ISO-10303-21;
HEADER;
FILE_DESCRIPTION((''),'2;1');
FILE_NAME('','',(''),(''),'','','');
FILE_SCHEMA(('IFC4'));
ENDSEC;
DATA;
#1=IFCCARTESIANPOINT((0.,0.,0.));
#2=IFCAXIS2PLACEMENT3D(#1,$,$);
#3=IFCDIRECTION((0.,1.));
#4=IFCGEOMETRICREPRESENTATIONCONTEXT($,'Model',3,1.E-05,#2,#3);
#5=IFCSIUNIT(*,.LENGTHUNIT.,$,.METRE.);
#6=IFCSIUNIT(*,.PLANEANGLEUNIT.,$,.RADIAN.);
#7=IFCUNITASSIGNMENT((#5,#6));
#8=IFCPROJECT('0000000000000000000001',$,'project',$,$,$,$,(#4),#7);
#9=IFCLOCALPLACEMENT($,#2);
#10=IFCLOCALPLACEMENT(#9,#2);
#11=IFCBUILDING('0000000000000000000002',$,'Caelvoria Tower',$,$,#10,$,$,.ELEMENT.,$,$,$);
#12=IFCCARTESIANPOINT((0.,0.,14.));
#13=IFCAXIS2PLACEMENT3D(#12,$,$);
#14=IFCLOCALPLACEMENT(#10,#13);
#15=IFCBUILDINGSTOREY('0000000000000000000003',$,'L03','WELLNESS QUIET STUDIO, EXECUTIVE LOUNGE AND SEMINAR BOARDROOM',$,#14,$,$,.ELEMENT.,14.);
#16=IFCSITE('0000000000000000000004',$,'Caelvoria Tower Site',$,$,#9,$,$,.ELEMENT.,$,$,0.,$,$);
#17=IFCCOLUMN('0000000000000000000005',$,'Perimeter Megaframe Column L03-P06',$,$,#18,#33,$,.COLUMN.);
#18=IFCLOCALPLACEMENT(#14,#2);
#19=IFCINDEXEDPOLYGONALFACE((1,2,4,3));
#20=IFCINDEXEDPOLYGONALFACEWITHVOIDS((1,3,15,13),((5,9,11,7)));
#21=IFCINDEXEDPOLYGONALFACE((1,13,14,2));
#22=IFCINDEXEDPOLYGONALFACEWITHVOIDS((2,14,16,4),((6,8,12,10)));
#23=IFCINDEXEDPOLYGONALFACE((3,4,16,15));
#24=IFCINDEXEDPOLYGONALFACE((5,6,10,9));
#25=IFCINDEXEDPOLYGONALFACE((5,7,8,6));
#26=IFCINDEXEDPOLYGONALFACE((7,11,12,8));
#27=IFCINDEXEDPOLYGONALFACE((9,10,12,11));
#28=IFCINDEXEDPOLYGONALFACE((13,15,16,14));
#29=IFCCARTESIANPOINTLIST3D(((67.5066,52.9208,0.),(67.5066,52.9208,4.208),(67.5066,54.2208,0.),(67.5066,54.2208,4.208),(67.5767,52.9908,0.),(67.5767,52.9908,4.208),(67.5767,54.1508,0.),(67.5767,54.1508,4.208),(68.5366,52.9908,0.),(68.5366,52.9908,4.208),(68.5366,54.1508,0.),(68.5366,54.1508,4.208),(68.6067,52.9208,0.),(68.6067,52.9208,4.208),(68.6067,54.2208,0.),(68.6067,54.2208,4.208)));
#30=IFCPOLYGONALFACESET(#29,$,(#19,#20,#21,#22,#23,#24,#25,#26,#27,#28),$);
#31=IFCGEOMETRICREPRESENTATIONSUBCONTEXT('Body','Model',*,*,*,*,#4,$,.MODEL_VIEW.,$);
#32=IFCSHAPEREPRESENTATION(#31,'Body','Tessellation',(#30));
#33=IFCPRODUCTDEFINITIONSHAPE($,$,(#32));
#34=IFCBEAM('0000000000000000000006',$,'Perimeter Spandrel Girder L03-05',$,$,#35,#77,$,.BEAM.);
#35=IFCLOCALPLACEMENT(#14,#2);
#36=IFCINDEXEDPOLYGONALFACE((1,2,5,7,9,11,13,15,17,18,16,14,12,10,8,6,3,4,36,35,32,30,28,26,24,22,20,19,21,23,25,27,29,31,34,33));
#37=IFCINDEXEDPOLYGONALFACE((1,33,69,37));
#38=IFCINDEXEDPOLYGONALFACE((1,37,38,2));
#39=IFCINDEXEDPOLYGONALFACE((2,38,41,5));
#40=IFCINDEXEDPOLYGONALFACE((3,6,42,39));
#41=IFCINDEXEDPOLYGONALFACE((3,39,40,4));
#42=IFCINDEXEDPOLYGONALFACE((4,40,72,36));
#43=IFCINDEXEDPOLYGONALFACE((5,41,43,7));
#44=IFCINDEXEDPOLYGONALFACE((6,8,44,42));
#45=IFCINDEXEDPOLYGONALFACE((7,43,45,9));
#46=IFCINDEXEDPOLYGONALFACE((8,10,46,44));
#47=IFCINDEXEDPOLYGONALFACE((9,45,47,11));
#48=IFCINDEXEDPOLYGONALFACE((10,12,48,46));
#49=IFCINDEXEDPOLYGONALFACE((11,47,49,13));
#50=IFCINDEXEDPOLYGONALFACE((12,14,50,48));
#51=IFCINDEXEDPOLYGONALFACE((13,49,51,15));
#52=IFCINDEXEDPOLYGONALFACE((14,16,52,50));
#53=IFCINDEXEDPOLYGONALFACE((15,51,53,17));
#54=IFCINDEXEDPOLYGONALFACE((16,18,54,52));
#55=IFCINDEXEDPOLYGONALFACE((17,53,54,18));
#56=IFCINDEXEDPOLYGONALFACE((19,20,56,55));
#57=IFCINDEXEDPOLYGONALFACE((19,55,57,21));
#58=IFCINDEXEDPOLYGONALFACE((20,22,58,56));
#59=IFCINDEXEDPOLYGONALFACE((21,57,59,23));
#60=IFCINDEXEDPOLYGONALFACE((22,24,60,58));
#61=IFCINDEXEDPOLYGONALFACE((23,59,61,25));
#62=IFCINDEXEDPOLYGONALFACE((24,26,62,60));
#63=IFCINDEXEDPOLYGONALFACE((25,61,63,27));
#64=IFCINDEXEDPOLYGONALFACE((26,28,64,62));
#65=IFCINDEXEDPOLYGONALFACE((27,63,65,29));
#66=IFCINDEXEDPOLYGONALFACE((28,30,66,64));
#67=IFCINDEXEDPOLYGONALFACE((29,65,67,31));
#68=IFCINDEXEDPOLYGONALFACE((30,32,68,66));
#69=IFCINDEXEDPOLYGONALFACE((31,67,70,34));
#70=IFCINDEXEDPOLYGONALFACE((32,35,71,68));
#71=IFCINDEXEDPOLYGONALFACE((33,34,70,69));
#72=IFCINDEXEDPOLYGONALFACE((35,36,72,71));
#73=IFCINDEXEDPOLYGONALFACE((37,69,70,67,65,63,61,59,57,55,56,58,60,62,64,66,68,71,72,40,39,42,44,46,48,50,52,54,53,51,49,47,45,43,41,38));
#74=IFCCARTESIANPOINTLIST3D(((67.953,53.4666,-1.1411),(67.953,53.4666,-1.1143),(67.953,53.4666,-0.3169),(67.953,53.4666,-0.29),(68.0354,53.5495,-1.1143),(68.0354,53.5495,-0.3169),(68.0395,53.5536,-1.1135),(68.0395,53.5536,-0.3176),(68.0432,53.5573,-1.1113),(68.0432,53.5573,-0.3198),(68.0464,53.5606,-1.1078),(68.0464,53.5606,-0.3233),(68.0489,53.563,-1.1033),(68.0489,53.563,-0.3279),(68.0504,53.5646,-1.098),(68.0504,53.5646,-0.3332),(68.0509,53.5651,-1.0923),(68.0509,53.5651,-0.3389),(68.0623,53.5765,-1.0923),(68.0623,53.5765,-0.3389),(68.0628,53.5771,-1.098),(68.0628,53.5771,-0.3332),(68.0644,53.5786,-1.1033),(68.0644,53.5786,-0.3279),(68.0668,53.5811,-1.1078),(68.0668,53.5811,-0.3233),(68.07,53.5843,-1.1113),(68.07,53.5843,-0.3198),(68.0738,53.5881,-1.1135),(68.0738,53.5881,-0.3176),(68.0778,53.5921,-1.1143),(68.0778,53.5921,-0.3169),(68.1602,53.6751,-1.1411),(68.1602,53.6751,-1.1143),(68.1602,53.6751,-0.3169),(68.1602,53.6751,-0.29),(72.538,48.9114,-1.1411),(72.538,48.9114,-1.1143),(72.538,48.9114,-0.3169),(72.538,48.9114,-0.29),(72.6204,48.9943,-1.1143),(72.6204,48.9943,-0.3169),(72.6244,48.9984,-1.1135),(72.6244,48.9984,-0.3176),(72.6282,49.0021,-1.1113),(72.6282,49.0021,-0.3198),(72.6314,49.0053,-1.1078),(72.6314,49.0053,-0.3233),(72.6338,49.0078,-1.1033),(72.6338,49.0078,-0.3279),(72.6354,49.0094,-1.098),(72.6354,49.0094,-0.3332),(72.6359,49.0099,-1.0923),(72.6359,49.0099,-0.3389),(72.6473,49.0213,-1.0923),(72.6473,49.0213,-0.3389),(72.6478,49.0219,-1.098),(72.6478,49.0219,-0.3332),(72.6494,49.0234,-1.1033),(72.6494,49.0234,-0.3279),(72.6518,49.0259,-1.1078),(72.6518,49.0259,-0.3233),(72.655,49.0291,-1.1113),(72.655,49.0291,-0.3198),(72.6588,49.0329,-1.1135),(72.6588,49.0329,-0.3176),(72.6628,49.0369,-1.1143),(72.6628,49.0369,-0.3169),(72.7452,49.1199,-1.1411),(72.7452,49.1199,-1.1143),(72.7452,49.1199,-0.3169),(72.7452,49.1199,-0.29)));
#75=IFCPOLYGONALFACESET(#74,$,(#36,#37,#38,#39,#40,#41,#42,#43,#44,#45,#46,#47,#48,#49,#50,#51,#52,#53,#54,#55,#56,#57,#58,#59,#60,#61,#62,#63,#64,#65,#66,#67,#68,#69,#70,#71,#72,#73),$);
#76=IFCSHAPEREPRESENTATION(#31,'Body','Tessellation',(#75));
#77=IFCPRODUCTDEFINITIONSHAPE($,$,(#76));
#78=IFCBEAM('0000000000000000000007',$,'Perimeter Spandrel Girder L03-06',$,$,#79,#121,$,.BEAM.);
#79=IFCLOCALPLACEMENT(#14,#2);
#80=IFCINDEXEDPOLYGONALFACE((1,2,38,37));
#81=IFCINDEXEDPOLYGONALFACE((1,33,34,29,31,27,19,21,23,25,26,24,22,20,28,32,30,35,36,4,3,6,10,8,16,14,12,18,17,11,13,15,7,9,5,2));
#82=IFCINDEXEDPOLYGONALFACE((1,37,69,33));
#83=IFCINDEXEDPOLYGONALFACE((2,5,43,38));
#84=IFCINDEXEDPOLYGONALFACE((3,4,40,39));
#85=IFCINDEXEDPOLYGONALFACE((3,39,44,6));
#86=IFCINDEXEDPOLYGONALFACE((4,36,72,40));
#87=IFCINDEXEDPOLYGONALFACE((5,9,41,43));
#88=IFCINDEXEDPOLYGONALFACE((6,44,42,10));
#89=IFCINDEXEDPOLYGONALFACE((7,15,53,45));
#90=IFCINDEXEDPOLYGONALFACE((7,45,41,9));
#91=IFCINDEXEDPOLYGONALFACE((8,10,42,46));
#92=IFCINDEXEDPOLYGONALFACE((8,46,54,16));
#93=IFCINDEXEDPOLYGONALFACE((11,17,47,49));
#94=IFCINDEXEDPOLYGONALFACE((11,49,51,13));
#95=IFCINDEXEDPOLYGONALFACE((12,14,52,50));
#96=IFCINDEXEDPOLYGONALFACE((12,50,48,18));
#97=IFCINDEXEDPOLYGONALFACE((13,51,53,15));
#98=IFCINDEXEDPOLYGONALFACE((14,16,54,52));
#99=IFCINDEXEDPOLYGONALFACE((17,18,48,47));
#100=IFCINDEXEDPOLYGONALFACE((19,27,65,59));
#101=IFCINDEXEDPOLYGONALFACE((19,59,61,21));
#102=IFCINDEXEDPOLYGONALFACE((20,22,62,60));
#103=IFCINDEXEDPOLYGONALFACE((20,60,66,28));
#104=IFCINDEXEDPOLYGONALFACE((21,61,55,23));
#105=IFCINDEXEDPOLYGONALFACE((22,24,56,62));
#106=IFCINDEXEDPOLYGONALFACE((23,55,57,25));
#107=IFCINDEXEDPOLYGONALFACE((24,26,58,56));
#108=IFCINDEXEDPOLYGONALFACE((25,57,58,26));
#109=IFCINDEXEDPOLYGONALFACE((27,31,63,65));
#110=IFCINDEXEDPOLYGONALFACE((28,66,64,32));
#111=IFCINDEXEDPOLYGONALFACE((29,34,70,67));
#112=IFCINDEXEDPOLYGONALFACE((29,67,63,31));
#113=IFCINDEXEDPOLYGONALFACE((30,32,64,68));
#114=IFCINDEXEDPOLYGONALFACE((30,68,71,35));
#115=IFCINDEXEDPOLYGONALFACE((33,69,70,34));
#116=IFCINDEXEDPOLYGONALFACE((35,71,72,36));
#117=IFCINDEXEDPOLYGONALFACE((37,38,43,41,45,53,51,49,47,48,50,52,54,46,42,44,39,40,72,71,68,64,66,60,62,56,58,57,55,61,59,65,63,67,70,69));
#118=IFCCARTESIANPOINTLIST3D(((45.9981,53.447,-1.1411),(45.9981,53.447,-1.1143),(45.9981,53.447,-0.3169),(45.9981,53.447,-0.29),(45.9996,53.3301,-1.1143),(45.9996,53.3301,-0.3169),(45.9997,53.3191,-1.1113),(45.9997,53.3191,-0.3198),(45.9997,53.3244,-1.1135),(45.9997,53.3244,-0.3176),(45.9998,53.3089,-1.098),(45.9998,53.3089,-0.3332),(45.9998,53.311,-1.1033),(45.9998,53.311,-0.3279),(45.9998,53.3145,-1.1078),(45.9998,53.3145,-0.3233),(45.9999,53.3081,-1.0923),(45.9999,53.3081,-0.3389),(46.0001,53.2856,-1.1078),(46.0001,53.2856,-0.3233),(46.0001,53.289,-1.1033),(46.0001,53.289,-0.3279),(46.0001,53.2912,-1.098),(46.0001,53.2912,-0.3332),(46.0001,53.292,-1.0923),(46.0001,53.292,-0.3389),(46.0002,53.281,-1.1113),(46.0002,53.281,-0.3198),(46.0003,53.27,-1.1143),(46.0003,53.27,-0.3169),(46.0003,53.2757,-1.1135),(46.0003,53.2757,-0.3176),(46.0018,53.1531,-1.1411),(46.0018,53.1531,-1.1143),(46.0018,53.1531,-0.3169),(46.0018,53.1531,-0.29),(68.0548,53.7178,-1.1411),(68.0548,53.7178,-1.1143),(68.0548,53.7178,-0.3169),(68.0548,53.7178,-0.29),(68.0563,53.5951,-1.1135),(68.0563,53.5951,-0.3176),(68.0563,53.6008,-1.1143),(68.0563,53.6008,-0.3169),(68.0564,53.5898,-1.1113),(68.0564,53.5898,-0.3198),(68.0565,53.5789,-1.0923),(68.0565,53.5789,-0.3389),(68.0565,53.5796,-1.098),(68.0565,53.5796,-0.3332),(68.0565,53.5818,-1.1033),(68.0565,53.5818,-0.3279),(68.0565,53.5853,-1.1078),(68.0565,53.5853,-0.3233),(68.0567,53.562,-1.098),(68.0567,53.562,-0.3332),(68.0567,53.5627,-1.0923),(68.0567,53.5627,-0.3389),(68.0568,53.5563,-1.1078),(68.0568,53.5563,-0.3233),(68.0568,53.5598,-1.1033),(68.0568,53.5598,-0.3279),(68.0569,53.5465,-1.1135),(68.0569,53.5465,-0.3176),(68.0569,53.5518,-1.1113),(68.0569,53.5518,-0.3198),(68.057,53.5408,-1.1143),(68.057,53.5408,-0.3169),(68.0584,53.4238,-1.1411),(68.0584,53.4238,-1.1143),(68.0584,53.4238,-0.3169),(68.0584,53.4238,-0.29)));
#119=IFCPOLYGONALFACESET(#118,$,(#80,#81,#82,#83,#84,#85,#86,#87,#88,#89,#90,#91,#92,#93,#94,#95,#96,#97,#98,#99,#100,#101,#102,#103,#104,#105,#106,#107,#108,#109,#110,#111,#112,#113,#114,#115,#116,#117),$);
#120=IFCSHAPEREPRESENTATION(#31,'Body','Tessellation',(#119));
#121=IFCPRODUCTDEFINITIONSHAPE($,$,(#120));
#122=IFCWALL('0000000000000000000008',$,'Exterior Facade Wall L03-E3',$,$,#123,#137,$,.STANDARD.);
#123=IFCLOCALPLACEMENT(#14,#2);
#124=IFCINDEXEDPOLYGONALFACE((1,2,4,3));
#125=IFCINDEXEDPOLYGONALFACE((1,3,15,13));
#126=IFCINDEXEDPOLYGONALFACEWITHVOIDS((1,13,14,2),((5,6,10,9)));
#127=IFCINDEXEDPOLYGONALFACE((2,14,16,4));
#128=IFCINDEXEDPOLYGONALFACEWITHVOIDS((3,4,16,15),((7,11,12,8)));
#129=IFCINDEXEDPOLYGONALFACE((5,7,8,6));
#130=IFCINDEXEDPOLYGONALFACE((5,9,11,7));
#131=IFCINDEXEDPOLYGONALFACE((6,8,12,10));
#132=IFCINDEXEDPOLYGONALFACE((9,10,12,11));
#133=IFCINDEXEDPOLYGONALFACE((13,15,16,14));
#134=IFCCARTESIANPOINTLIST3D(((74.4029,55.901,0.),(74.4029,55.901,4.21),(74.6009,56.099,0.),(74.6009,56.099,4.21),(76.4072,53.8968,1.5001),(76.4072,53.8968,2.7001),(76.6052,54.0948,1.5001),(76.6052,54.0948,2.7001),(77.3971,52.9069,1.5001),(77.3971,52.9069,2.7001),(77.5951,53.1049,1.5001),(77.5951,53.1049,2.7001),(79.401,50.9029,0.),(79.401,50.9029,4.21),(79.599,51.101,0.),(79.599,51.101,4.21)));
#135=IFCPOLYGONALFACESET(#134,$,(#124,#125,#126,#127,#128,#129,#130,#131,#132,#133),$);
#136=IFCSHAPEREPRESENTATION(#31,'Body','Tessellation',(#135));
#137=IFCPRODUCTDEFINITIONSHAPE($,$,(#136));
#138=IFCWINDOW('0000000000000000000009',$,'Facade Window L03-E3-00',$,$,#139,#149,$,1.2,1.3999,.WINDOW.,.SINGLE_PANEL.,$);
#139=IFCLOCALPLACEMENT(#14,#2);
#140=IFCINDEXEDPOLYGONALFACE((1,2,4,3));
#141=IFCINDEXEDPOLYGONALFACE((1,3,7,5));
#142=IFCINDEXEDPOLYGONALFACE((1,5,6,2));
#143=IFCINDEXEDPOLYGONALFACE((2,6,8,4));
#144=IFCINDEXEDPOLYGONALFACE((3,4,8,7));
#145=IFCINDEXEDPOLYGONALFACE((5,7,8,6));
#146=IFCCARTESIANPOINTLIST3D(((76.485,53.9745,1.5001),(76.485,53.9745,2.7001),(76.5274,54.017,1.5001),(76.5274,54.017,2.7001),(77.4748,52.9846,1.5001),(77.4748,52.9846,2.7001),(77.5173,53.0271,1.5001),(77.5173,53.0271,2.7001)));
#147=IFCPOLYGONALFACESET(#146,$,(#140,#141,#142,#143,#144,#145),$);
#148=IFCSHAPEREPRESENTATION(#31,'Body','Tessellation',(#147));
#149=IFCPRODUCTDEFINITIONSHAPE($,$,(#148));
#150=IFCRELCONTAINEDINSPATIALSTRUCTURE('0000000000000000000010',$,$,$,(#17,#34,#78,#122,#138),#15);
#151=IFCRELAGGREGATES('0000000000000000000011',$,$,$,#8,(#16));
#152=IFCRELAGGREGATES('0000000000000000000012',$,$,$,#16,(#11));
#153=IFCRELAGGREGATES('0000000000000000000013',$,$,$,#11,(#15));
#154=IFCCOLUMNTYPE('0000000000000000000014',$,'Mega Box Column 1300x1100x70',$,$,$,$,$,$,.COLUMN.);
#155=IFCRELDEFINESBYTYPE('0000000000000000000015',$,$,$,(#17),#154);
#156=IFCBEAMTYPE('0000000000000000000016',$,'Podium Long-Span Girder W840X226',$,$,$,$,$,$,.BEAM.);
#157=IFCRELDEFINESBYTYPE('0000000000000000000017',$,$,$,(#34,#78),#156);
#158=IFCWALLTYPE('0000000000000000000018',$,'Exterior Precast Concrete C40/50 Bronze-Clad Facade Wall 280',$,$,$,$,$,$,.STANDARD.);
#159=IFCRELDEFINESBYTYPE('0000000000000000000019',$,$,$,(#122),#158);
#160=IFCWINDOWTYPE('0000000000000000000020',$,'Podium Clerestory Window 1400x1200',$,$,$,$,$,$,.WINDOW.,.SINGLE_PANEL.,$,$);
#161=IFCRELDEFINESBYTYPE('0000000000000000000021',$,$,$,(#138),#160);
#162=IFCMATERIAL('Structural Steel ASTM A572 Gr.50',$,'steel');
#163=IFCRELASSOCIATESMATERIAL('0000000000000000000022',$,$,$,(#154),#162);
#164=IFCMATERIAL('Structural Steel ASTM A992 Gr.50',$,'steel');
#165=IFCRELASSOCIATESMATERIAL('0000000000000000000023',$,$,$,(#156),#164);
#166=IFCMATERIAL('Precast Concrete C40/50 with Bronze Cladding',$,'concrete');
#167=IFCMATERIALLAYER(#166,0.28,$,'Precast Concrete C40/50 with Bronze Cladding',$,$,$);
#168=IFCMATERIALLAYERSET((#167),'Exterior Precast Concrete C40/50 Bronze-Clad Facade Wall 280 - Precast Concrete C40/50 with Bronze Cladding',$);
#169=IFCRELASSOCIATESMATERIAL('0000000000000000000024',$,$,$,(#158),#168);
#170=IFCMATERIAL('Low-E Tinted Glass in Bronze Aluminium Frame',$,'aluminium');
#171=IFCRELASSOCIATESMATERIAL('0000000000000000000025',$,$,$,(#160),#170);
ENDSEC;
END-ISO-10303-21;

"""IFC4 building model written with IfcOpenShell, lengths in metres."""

from ifc_helpers import new_model, si_unit, direction, frame, frame_2d, origin, origin_2d, place, context, subcontext, project, spatial, rectangle, hollow_rectangle, i_section, extrude, material, layer, layer_set, material_profile, profile_set, type_object, element, fill, save


model = new_model("IFC4")

# Units and contexts
model_context = context("Model", 3, precision=1e-05, world=origin(), true_north=direction((0.0, 1.0)))
body_context = subcontext(model_context, "Body", "Model", "MODEL_VIEW")
ifc_project = project(units=[si_unit("LENGTHUNIT", "METRE"), si_unit("PLANEANGLEUNIT", "RADIAN")], contexts=[model_context])

# Site, building, storey
site_placement = place(None, origin())
site = spatial("IfcSite", under=ifc_project, at=site_placement, Name="Caelvoria Tower Site", CompositionType="ELEMENT", RefElevation=0.0)
building_placement = place(site_placement, origin())
building = spatial("IfcBuilding", under=site, at=building_placement, Name="Caelvoria Tower", CompositionType="ELEMENT")
storey_placement = place(building_placement, frame((0.0, 0.0, 14.0)))
storey = spatial("IfcBuildingStorey", under=building, at=storey_placement, Name="L03", Description="WELLNESS QUIET STUDIO, EXECUTIVE LOUNGE AND SEMINAR BOARDROOM", CompositionType="ELEMENT", Elevation=14.0)

# Column
ifc_material_1 = material(Name="Structural Steel ASTM A572 Gr.50", Category="steel")
ifc_material_profile_1 = material_profile(ifc_material_1, hollow_rectangle(XDim=1.1001, YDim=1.3, WallThickness=0.0701, at=origin_2d()), Name="Structural Steel ASTM A572 Gr.50")
ifc_profile_set_1 = profile_set([ifc_material_profile_1], Name="BOX1300X1100X70 - Structural Steel ASTM A572 Gr.50")
column_type = type_object("IfcColumnType", Name="Mega Box Column 1300x1100x70", PredefinedType="COLUMN", material=ifc_profile_set_1)
column_placement = place(storey_placement, frame((68.0566, 53.5708, 0.0), z_axis=(0.0, 0.0, 1.0), x_axis=(1.0, 0.0, 0.0)))
element("IfcColumn", 1, at=column_placement, inside=storey, type_object=column_type, Name="Perimeter Megaframe Column L03-P06", PredefinedType="COLUMN", context=body_context, shape_type="SweptSolid", body=[
    extrude(hollow_rectangle(XDim=1.1001, YDim=1.3, WallThickness=0.0701, at=origin_2d()), origin(), (0.0, 0.0, 1.0), 4.208),
])

# Beams
ifc_material_2 = material(Name="Structural Steel ASTM A992 Gr.50", Category="steel")
ifc_material_profile_2 = material_profile(ifc_material_2, i_section(OverallWidth=0.2939, OverallDepth=0.8511, WebThickness=0.0161, FlangeThickness=0.0269, FilletRadius=0.022, at=origin_2d()), Name="Structural Steel ASTM A992 Gr.50")
ifc_profile_set_2 = profile_set([ifc_material_profile_2], Name="W840X226 - Structural Steel ASTM A992 Gr.50")
beam_type = type_object("IfcBeamType", Name="Podium Long-Span Girder W840X226", PredefinedType="BEAM", material=ifc_profile_set_2)
beam_1_placement = place(storey_placement, frame((72.6416, 49.0156, -0.7156), z_axis=(-0.709407, 0.704799, 0.0), x_axis=(-0.704799, -0.709407, 0.0)))
element("IfcBeam", 2, at=beam_1_placement, inside=storey, type_object=beam_type, Name="Perimeter Spandrel Girder L03-05", PredefinedType="BEAM", context=body_context, shape_type="SweptSolid", body=[
    extrude(i_section(OverallWidth=0.2939, OverallDepth=0.8511, WebThickness=0.0161, FlangeThickness=0.0269, FilletRadius=0.022, at=origin_2d()), origin(), (0.0, 0.0, 1.0), 6.4631),
])
beam_2_placement = place(storey_placement, frame((68.0566, 53.5708, -0.7156), z_axis=(-0.999925, -0.012274, 0.0), x_axis=(0.012274, -0.999925, 0.0)))
element("IfcBeam", 3, at=beam_2_placement, inside=storey, type_object=beam_type, Name="Perimeter Spandrel Girder L03-06", PredefinedType="BEAM", context=body_context, shape_type="SweptSolid", body=[
    extrude(i_section(OverallWidth=0.2939, OverallDepth=0.8511, WebThickness=0.0161, FlangeThickness=0.0269, FilletRadius=0.022, at=origin_2d()), origin(), (0.0, 0.0, 1.0), 22.0583),
])

# Wall, opening, window
ifc_material_3 = material(Name="Precast Concrete C40/50 with Bronze Cladding", Category="concrete")
ifc_layer = layer(ifc_material_3, 0.28, Name="Precast Concrete C40/50 with Bronze Cladding")
ifc_layer_set = layer_set([ifc_layer], Name="Exterior Precast Concrete C40/50 Bronze-Clad Facade Wall 280 - Precast Concrete C40/50 with Bronze Cladding")
wall_type = type_object("IfcWallType", Name="Exterior Precast Concrete C40/50 Bronze-Clad Facade Wall 280", PredefinedType="STANDARD", material=ifc_layer_set)
wall_1_placement = place(storey_placement, frame((79.5, 51.002, 0.0), z_axis=(0.0, 0.0, 1.0), x_axis=(-0.707107, 0.707107, 0.0)))
wall_1 = element("IfcWall", 4, at=wall_1_placement, inside=storey, type_object=wall_type, Name="Exterior Facade Wall L03-E3", PredefinedType="STANDARD", context=body_context, shape_type="SweptSolid", body=[
    extrude(rectangle(XDim=7.0684, YDim=0.28, at=frame_2d((3.5342, 0.0))), origin(), (0.0, 0.0, 1.0), 4.21),
])
opening_1_placement = place(wall_1_placement, frame((2.834, 0.0, 1.5)))
opening_1 = element("IfcOpeningElement", 5, at=opening_1_placement, cuts=wall_1, PredefinedType="OPENING", context=body_context, shape_type="SweptSolid", body=[
    extrude(rectangle(XDim=1.3999, YDim=1.2, at=frame_2d((0.7, 0.6001))), frame((0.0, 0.1499, 0.0), z_axis=(0.0, -1.0, 0.0), x_axis=(1.0, 0.0, 0.0)), (0.0, 0.0, 1.0), 0.3),
])
ifc_material_4 = material(Name="Low-E Tinted Glass in Bronze Aluminium Frame", Category="aluminium")
window_type_1 = type_object("IfcWindowType", Name="Podium Clerestory Window 1400x1200", PartitioningType="SINGLE_PANEL", PredefinedType="WINDOW", material=ifc_material_4)
window_1_placement = place(opening_1_placement, origin())
window_1 = element("IfcWindow", 6, at=window_1_placement, inside=storey, type_object=window_type_1, Name="Facade Window L03-E3-00", OverallHeight=1.2, OverallWidth=1.3999, PartitioningType="SINGLE_PANEL", PredefinedType="WINDOW", context=body_context, shape_type="SweptSolid", body=[
    extrude(rectangle(XDim=1.3999, YDim=1.2, at=frame_2d((0.7, 0.6001))), frame((0.0, 0.03, 0.0), z_axis=(0.0, -1.0, 0.0), x_axis=(1.0, 0.0, 0.0)), (0.0, 0.0, 1.0), 0.0601),
])
fill(opening_1, window_1)

save(model, "model.ifc")
